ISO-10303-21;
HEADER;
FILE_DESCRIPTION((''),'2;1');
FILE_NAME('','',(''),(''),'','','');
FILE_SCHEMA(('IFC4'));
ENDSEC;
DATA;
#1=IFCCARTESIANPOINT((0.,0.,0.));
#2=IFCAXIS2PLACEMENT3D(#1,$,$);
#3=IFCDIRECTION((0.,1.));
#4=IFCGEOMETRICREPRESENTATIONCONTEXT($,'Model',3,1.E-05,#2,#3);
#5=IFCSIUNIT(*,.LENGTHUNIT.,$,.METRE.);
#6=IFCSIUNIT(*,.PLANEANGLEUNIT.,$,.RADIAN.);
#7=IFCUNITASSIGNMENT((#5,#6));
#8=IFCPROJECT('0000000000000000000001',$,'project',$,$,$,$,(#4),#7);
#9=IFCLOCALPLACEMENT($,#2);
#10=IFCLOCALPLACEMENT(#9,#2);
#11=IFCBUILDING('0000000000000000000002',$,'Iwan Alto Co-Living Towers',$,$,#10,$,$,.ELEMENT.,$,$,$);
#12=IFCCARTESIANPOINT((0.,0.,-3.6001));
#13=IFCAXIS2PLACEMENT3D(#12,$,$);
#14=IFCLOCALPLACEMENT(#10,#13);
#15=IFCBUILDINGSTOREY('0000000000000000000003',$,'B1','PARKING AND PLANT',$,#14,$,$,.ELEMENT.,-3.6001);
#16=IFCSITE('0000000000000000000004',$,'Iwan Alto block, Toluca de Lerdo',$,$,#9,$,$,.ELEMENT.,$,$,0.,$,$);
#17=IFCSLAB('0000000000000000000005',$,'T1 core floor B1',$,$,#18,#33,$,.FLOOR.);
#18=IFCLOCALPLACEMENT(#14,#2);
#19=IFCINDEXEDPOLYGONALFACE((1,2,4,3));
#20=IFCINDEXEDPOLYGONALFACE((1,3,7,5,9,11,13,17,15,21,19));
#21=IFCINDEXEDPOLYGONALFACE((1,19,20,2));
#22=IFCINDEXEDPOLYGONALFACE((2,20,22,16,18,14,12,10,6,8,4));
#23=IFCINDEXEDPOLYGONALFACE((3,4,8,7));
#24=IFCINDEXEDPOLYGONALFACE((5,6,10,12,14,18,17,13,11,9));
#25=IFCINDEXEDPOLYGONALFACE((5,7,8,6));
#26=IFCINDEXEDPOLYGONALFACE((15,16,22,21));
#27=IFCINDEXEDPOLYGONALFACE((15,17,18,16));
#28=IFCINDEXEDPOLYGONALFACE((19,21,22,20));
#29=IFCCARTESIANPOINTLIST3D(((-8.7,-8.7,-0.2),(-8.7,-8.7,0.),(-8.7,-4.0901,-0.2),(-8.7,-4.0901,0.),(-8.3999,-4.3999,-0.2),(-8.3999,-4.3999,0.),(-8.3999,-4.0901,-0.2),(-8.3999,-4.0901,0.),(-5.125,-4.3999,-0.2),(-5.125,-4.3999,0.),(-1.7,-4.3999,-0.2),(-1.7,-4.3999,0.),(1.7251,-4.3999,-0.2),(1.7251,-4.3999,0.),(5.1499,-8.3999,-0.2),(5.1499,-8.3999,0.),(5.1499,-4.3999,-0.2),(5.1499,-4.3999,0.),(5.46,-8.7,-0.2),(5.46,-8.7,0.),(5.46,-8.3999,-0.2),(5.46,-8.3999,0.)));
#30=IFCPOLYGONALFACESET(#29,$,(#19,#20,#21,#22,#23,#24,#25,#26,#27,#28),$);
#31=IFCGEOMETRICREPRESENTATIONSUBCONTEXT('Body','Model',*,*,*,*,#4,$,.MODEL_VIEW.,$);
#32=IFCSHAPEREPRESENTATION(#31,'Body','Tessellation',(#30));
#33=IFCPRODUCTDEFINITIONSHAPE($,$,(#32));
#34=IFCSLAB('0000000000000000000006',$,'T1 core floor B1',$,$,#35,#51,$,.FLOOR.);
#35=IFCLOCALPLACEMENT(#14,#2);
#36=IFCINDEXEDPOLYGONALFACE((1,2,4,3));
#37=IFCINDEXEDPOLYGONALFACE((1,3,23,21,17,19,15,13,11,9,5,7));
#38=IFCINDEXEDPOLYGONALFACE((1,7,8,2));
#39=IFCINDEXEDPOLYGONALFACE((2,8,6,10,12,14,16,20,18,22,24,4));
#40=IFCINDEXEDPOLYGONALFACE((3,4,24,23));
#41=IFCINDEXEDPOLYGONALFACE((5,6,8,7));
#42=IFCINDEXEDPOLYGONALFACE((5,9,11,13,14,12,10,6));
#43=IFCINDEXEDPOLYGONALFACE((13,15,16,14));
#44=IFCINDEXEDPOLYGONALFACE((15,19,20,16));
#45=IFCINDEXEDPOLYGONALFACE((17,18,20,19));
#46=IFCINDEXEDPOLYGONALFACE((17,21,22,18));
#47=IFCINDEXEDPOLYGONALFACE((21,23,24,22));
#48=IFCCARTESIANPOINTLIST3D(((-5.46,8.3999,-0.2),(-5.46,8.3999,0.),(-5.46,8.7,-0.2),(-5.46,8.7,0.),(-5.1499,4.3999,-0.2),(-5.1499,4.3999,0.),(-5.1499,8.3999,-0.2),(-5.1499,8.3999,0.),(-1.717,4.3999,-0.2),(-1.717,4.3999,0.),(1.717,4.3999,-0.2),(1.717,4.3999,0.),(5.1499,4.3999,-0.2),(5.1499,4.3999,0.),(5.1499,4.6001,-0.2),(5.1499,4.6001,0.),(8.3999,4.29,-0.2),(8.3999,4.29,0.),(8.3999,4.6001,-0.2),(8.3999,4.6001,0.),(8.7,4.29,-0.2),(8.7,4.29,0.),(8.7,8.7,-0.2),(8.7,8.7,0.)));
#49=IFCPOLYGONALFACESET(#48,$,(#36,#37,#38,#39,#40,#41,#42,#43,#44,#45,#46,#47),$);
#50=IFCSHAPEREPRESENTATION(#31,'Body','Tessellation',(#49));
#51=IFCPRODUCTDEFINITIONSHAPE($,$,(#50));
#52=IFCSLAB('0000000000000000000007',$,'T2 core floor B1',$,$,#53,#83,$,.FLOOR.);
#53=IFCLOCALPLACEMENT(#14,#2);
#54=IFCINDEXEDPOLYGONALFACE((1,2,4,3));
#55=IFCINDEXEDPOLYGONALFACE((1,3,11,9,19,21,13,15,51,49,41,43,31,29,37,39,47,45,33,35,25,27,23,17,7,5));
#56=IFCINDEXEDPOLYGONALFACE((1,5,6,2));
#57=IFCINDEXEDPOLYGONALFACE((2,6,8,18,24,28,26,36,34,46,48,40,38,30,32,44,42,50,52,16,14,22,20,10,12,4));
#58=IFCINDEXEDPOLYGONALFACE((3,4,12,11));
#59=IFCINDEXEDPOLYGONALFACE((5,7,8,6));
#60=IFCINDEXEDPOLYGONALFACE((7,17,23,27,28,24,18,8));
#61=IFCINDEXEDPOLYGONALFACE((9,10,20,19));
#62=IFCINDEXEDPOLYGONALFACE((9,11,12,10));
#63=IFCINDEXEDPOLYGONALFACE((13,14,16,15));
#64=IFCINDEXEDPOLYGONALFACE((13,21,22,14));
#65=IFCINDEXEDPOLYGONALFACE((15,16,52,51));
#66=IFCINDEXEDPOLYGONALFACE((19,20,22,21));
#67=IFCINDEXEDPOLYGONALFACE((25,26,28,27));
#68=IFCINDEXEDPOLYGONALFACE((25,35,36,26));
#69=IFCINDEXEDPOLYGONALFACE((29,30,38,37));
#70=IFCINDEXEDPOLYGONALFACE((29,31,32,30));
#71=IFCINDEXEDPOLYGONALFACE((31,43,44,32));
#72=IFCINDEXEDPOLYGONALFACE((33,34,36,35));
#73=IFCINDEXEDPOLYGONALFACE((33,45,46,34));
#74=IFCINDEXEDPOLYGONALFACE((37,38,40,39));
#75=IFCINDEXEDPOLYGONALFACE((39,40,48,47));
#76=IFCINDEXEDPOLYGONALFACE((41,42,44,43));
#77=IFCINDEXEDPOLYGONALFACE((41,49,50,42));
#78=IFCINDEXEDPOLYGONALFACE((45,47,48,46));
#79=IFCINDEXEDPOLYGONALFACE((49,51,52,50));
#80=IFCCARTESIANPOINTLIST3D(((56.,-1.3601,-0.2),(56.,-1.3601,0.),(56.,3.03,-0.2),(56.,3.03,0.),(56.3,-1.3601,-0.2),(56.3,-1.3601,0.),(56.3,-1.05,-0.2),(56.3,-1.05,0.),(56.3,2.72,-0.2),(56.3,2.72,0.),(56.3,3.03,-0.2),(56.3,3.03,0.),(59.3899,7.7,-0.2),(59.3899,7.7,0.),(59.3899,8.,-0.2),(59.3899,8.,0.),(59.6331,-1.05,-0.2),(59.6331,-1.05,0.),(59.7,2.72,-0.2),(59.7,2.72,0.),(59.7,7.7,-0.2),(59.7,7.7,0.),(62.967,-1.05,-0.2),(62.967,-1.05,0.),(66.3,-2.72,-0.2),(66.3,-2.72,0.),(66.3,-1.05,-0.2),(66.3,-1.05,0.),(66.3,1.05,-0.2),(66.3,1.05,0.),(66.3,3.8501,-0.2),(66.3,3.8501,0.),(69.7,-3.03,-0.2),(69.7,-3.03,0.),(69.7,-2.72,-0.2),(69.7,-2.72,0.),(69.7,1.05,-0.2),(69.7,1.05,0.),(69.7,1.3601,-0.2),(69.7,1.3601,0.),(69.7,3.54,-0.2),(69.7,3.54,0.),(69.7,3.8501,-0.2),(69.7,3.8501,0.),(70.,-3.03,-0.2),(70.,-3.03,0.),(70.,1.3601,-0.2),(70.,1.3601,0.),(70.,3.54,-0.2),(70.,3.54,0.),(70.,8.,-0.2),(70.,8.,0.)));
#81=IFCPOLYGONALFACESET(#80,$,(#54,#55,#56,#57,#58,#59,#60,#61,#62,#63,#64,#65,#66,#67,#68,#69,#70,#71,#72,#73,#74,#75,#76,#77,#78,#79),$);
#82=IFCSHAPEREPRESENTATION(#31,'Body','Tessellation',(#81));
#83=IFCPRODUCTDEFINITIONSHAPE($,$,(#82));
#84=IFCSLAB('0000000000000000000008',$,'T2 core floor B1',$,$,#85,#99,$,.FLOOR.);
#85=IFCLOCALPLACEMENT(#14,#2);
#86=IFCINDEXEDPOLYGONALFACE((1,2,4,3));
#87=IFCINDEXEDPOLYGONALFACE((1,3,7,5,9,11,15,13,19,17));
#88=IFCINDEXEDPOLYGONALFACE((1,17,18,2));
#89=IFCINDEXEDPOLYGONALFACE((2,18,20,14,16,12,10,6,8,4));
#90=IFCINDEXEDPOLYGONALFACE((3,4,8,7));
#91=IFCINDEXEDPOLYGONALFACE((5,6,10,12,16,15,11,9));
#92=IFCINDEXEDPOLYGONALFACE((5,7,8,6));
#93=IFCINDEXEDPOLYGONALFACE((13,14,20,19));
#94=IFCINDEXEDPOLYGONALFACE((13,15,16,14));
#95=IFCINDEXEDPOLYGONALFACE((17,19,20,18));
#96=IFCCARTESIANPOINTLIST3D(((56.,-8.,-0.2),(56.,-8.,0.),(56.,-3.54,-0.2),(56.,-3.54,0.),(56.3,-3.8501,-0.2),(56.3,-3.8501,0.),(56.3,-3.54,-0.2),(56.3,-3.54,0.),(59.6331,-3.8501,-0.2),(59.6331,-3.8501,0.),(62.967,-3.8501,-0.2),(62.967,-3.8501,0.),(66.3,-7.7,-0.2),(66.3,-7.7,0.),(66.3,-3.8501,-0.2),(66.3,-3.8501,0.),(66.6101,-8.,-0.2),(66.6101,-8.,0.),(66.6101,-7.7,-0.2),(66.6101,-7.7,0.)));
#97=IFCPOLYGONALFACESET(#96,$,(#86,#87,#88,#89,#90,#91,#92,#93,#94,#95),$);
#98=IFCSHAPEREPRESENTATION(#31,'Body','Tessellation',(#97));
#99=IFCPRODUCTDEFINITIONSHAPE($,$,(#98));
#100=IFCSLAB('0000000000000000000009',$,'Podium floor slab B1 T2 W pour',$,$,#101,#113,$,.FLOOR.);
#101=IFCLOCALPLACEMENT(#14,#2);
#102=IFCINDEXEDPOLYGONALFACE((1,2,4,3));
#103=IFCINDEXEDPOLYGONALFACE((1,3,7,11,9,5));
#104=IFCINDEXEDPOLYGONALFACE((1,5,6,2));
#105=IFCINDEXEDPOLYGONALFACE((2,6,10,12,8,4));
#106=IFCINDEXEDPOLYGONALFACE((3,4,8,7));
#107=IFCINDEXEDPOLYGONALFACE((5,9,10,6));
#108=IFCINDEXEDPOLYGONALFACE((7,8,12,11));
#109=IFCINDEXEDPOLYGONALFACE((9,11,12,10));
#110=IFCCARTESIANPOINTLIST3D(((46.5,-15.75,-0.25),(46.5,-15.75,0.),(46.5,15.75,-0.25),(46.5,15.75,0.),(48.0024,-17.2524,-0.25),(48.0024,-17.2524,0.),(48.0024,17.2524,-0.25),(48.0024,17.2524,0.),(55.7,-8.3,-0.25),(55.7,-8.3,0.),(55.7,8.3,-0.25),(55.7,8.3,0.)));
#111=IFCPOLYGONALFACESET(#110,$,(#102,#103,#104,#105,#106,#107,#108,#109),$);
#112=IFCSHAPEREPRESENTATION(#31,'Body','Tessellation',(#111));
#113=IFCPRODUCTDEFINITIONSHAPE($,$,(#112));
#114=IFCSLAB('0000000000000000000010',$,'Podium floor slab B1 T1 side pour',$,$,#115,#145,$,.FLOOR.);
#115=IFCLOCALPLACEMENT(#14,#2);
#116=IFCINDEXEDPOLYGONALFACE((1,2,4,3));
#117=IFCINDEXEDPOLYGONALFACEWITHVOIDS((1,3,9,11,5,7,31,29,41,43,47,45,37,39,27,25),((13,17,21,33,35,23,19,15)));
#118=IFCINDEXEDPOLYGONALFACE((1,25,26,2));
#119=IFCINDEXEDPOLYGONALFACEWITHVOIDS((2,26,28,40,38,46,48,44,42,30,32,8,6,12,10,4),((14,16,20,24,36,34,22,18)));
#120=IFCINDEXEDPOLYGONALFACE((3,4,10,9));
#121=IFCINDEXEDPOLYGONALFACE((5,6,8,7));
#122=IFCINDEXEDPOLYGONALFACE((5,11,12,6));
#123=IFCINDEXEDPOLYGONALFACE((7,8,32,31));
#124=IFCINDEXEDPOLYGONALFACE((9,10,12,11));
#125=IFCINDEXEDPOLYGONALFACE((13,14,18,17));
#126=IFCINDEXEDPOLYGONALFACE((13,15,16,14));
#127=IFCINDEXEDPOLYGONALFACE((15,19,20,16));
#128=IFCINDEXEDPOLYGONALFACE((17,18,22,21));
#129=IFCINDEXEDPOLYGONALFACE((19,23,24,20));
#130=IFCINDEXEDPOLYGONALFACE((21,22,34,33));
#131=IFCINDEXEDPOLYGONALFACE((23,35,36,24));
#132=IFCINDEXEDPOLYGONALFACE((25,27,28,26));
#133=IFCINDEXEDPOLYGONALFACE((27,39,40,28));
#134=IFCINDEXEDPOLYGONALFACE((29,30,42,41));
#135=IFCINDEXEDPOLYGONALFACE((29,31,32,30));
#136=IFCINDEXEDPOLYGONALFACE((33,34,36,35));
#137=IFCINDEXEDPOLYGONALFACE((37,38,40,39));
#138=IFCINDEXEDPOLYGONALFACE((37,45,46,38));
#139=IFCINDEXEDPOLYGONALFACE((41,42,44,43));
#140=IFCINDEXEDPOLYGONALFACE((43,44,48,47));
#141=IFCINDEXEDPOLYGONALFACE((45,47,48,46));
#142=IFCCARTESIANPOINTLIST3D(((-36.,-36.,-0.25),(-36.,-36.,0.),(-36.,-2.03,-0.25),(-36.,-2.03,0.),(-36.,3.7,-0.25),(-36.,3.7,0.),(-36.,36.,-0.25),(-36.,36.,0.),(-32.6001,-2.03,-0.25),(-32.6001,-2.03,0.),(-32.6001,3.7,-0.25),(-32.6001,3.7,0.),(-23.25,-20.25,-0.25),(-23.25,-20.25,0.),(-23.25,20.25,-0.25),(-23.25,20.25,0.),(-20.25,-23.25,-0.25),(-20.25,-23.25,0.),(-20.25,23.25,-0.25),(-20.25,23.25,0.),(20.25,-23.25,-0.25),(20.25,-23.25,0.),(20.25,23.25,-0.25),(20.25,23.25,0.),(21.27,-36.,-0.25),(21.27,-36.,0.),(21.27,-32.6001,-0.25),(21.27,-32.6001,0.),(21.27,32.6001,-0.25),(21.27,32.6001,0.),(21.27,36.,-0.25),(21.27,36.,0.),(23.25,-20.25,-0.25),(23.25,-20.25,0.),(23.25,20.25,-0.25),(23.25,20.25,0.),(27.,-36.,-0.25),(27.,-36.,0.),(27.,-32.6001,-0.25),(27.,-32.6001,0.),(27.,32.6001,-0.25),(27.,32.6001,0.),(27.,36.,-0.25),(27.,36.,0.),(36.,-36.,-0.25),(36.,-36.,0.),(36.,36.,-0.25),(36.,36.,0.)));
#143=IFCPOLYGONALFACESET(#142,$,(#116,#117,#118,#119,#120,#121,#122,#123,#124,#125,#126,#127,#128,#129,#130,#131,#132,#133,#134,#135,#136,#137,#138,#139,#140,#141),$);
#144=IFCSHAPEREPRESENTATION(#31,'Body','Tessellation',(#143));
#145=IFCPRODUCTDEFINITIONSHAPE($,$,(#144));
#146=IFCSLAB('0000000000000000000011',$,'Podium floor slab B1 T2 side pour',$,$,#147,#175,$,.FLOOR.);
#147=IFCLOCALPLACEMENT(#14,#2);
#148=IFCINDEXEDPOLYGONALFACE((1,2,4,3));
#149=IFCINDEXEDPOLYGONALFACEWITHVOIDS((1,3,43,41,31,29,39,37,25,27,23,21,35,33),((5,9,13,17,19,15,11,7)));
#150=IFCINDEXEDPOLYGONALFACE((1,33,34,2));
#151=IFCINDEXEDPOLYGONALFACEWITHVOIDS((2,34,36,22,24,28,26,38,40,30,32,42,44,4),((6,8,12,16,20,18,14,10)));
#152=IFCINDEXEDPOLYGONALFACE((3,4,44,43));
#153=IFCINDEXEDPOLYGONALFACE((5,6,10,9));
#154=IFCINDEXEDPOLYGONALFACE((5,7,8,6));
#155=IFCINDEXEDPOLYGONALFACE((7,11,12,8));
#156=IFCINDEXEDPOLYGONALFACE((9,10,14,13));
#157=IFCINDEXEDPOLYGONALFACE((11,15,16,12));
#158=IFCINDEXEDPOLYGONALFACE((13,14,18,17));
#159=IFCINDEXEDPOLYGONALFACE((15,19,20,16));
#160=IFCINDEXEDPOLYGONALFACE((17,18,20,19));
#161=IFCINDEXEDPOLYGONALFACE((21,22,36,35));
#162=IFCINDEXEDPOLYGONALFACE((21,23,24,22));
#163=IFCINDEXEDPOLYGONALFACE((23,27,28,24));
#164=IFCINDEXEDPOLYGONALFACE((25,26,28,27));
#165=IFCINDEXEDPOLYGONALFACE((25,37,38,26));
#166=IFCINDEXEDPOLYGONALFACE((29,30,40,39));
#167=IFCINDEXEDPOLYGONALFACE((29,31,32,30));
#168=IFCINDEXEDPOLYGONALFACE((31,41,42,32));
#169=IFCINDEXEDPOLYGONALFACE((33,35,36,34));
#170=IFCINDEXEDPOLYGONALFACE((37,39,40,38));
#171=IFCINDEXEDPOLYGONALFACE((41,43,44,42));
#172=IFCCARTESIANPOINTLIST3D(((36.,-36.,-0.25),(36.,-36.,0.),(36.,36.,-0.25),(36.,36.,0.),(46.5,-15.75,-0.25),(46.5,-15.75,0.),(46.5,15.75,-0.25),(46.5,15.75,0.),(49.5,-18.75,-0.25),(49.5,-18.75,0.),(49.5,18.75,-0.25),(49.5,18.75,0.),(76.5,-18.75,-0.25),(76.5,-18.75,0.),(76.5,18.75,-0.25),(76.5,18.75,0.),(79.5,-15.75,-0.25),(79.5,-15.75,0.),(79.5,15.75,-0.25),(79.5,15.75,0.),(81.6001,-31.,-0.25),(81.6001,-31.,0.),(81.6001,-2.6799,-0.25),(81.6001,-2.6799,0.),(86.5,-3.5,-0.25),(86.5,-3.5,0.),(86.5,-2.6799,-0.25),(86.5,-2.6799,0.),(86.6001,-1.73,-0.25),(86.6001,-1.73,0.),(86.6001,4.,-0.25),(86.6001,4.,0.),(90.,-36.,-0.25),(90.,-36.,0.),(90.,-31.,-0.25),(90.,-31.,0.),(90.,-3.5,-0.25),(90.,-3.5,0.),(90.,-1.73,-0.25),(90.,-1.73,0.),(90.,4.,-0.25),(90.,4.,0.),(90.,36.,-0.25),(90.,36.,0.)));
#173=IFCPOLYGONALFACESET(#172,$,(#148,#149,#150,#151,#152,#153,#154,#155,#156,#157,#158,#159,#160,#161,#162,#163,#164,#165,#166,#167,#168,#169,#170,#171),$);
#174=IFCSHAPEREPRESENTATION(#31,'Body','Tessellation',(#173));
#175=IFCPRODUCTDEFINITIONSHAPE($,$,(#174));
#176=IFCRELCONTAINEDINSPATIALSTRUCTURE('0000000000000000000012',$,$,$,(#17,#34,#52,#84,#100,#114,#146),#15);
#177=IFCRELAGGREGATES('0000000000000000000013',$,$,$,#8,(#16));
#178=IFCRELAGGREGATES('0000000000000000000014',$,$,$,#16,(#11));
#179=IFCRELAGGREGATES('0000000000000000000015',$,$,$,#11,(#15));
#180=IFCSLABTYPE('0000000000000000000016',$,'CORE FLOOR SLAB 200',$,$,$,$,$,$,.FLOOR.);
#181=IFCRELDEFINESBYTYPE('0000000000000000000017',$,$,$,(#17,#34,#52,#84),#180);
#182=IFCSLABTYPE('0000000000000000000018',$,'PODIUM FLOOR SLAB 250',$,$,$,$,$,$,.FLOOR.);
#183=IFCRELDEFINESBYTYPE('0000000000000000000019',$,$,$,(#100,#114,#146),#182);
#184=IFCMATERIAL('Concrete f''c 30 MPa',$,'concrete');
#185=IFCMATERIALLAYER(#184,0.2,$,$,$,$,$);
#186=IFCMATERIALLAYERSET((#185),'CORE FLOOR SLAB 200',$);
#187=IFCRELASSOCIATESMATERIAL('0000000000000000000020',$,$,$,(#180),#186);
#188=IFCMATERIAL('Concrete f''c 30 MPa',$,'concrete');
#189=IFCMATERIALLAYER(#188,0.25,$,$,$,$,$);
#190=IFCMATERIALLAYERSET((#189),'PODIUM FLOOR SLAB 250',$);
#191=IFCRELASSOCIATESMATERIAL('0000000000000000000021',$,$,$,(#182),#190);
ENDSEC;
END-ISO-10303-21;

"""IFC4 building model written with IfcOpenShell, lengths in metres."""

from ifc_helpers import new_model, si_unit, direction, frame, origin, place, context, subcontext, project, spatial, polyline, outline, extrude, material, layer, layer_set, type_object, element, save


model = new_model("IFC4")

# Units and contexts
model_context = context("Model", 3, precision=1e-05, world=origin(), true_north=direction((0.0, 1.0)))
body_context = subcontext(model_context, "Body", "Model", "MODEL_VIEW")
ifc_project = project(units=[si_unit("LENGTHUNIT", "METRE"), si_unit("PLANEANGLEUNIT", "RADIAN")], contexts=[model_context])

# Site, building, storey
site_placement = place(None, origin())
site = spatial("IfcSite", under=ifc_project, at=site_placement, Name="Iwan Alto block, Toluca de Lerdo", CompositionType="ELEMENT", RefElevation=0.0)
building_placement = place(site_placement, origin())
building = spatial("IfcBuilding", under=site, at=building_placement, Name="Iwan Alto Co-Living Towers", CompositionType="ELEMENT")
storey_placement = place(building_placement, frame((0.0, 0.0, -3.6001)))
storey = spatial("IfcBuildingStorey", under=building, at=storey_placement, Name="B1", Description="PARKING AND PLANT", CompositionType="ELEMENT", Elevation=-3.6001)

# Slabs
ifc_material_1 = material(Name="Concrete f'c 30 MPa", Category="concrete")
ifc_layer_1 = layer(ifc_material_1, 0.2)
ifc_layer_set_1 = layer_set([ifc_layer_1], Name="CORE FLOOR SLAB 200")
slab_type_1 = type_object("IfcSlabType", Name="CORE FLOOR SLAB 200", PredefinedType="FLOOR", material=ifc_layer_set_1)
slab_1_placement = place(storey_placement, frame((0.0, 0.0, -0.2)))
element("IfcSlab", 1, at=slab_1_placement, inside=storey, type_object=slab_type_1, Name="T1 core floor B1", PredefinedType="FLOOR", context=body_context, shape_type="SweptSolid", body=[
    extrude(outline(polyline([(-1.7, -4.3999), (1.7251, -4.3999), (5.1499, -4.3999), (5.1499, -8.3999), (5.46, -8.3999), (5.46, -8.7), (-8.7, -8.7), (-8.7, -4.0901), (-8.3999, -4.0901), (-8.3999, -4.3999), (-5.125, -4.3999), (-1.7, -4.3999)])), origin(), (0.0, 0.0, 1.0), 0.2),
])
slab_2_placement = place(storey_placement, frame((0.0, 0.0, -0.2)))
element("IfcSlab", 2, at=slab_2_placement, inside=storey, type_object=slab_type_1, Name="T1 core floor B1", PredefinedType="FLOOR", context=body_context, shape_type="SweptSolid", body=[
    extrude(outline(polyline([(1.717, 4.3999), (-1.717, 4.3999), (-5.1499, 4.3999), (-5.1499, 8.3999), (-5.46, 8.3999), (-5.46, 8.7), (8.7, 8.7), (8.7, 4.29), (8.3999, 4.29), (8.3999, 4.6001), (5.1499, 4.6001), (5.1499, 4.3999), (1.717, 4.3999)])), origin(), (0.0, 0.0, 1.0), 0.2),
])
slab_3_placement = place(storey_placement, frame((0.0, 0.0, -0.2)))
element("IfcSlab", 3, at=slab_3_placement, inside=storey, type_object=slab_type_1, Name="T2 core floor B1", PredefinedType="FLOOR", context=body_context, shape_type="SweptSolid", body=[
    extrude(outline(polyline([(70.0, -3.03), (69.7, -3.03), (69.7, -2.72), (66.3, -2.72), (66.3, -1.05), (62.967, -1.05), (59.6331, -1.05), (56.3, -1.05), (56.3, -1.3601), (56.0, -1.3601), (56.0, 3.03), (56.3, 3.03), (56.3, 2.72), (59.7, 2.72), (59.7, 7.7), (59.3899, 7.7), (59.3899, 8.0), (70.0, 8.0), (70.0, 3.54), (69.7, 3.54), (69.7, 3.8501), (66.3, 3.8501), (66.3, 1.05), (69.7, 1.05), (69.7, 1.3601), (70.0, 1.3601), (70.0, -3.03)])), origin(), (0.0, 0.0, 1.0), 0.2),
])
slab_4_placement = place(storey_placement, frame((0.0, 0.0, -0.2)))
element("IfcSlab", 4, at=slab_4_placement, inside=storey, type_object=slab_type_1, Name="T2 core floor B1", PredefinedType="FLOOR", context=body_context, shape_type="SweptSolid", body=[
    extrude(outline(polyline([(62.967, -3.8501), (66.3, -3.8501), (66.3, -7.7), (66.6101, -7.7), (66.6101, -8.0), (56.0, -8.0), (56.0, -3.54), (56.3, -3.54), (56.3, -3.8501), (59.6331, -3.8501), (62.967, -3.8501)])), origin(), (0.0, 0.0, 1.0), 0.2),
])
ifc_material_2 = material(Name="Concrete f'c 30 MPa", Category="concrete")
ifc_layer_2 = layer(ifc_material_2, 0.25)
ifc_layer_set_2 = layer_set([ifc_layer_2], Name="PODIUM FLOOR SLAB 250")
slab_type_2 = type_object("IfcSlabType", Name="PODIUM FLOOR SLAB 250", PredefinedType="FLOOR", material=ifc_layer_set_2)
slab_5_placement = place(storey_placement, frame((0.0, 0.0, -0.25)))
element("IfcSlab", 5, at=slab_5_placement, inside=storey, type_object=slab_type_2, Name="Podium floor slab B1 T2 W pour", PredefinedType="FLOOR", context=body_context, shape_type="SweptSolid", body=[
    extrude(outline(polyline([(46.5, 15.75), (48.0024, 17.2524), (55.7, 8.3), (55.7, -8.3), (48.0024, -17.2524), (46.5, -15.75), (46.5, 15.75)])), origin(), (0.0, 0.0, 1.0), 0.25),
])
slab_6_placement = place(storey_placement, frame((0.0, 0.0, -0.25)))
element("IfcSlab", 6, at=slab_6_placement, inside=storey, type_object=slab_type_2, Name="Podium floor slab B1 T1 side pour", PredefinedType="FLOOR", context=body_context, shape_type="SweptSolid", body=[
    extrude(outline(polyline([(-36.0, 3.7), (-36.0, 36.0), (21.27, 36.0), (21.27, 32.6001), (27.0, 32.6001), (27.0, 36.0), (36.0, 36.0), (36.0, -36.0), (27.0, -36.0), (27.0, -32.6001), (21.27, -32.6001), (21.27, -36.0), (-36.0, -36.0), (-36.0, -2.03), (-32.6001, -2.03), (-32.6001, 3.7), (-36.0, 3.7)]), holes=[polyline([(20.25, -23.25), (23.25, -20.25), (23.25, 20.25), (20.25, 23.25), (-20.25, 23.25), (-23.25, 20.25), (-23.25, -20.25), (-20.25, -23.25), (20.25, -23.25)])]), origin(), (0.0, 0.0, 1.0), 0.25),
])
slab_7_placement = place(storey_placement, frame((0.0, 0.0, -0.25)))
element("IfcSlab", 7, at=slab_7_placement, inside=storey, type_object=slab_type_2, Name="Podium floor slab B1 T2 side pour", PredefinedType="FLOOR", context=body_context, shape_type="SweptSolid", body=[
    extrude(outline(polyline([(90.0, 36.0), (90.0, 4.0), (86.6001, 4.0), (86.6001, -1.73), (90.0, -1.73), (90.0, -3.5), (86.5, -3.5), (86.5, -2.6799), (81.6001, -2.6799), (81.6001, -31.0), (90.0, -31.0), (90.0, -36.0), (36.0, -36.0), (36.0, 36.0), (90.0, 36.0)]), holes=[polyline([(76.5, -18.75), (79.5, -15.75), (79.5, 15.75), (76.5, 18.75), (49.5, 18.75), (46.5, 15.75), (46.5, -15.75), (49.5, -18.75), (76.5, -18.75)])]), origin(), (0.0, 0.0, 1.0), 0.25),
])

save(model, "model.ifc")
